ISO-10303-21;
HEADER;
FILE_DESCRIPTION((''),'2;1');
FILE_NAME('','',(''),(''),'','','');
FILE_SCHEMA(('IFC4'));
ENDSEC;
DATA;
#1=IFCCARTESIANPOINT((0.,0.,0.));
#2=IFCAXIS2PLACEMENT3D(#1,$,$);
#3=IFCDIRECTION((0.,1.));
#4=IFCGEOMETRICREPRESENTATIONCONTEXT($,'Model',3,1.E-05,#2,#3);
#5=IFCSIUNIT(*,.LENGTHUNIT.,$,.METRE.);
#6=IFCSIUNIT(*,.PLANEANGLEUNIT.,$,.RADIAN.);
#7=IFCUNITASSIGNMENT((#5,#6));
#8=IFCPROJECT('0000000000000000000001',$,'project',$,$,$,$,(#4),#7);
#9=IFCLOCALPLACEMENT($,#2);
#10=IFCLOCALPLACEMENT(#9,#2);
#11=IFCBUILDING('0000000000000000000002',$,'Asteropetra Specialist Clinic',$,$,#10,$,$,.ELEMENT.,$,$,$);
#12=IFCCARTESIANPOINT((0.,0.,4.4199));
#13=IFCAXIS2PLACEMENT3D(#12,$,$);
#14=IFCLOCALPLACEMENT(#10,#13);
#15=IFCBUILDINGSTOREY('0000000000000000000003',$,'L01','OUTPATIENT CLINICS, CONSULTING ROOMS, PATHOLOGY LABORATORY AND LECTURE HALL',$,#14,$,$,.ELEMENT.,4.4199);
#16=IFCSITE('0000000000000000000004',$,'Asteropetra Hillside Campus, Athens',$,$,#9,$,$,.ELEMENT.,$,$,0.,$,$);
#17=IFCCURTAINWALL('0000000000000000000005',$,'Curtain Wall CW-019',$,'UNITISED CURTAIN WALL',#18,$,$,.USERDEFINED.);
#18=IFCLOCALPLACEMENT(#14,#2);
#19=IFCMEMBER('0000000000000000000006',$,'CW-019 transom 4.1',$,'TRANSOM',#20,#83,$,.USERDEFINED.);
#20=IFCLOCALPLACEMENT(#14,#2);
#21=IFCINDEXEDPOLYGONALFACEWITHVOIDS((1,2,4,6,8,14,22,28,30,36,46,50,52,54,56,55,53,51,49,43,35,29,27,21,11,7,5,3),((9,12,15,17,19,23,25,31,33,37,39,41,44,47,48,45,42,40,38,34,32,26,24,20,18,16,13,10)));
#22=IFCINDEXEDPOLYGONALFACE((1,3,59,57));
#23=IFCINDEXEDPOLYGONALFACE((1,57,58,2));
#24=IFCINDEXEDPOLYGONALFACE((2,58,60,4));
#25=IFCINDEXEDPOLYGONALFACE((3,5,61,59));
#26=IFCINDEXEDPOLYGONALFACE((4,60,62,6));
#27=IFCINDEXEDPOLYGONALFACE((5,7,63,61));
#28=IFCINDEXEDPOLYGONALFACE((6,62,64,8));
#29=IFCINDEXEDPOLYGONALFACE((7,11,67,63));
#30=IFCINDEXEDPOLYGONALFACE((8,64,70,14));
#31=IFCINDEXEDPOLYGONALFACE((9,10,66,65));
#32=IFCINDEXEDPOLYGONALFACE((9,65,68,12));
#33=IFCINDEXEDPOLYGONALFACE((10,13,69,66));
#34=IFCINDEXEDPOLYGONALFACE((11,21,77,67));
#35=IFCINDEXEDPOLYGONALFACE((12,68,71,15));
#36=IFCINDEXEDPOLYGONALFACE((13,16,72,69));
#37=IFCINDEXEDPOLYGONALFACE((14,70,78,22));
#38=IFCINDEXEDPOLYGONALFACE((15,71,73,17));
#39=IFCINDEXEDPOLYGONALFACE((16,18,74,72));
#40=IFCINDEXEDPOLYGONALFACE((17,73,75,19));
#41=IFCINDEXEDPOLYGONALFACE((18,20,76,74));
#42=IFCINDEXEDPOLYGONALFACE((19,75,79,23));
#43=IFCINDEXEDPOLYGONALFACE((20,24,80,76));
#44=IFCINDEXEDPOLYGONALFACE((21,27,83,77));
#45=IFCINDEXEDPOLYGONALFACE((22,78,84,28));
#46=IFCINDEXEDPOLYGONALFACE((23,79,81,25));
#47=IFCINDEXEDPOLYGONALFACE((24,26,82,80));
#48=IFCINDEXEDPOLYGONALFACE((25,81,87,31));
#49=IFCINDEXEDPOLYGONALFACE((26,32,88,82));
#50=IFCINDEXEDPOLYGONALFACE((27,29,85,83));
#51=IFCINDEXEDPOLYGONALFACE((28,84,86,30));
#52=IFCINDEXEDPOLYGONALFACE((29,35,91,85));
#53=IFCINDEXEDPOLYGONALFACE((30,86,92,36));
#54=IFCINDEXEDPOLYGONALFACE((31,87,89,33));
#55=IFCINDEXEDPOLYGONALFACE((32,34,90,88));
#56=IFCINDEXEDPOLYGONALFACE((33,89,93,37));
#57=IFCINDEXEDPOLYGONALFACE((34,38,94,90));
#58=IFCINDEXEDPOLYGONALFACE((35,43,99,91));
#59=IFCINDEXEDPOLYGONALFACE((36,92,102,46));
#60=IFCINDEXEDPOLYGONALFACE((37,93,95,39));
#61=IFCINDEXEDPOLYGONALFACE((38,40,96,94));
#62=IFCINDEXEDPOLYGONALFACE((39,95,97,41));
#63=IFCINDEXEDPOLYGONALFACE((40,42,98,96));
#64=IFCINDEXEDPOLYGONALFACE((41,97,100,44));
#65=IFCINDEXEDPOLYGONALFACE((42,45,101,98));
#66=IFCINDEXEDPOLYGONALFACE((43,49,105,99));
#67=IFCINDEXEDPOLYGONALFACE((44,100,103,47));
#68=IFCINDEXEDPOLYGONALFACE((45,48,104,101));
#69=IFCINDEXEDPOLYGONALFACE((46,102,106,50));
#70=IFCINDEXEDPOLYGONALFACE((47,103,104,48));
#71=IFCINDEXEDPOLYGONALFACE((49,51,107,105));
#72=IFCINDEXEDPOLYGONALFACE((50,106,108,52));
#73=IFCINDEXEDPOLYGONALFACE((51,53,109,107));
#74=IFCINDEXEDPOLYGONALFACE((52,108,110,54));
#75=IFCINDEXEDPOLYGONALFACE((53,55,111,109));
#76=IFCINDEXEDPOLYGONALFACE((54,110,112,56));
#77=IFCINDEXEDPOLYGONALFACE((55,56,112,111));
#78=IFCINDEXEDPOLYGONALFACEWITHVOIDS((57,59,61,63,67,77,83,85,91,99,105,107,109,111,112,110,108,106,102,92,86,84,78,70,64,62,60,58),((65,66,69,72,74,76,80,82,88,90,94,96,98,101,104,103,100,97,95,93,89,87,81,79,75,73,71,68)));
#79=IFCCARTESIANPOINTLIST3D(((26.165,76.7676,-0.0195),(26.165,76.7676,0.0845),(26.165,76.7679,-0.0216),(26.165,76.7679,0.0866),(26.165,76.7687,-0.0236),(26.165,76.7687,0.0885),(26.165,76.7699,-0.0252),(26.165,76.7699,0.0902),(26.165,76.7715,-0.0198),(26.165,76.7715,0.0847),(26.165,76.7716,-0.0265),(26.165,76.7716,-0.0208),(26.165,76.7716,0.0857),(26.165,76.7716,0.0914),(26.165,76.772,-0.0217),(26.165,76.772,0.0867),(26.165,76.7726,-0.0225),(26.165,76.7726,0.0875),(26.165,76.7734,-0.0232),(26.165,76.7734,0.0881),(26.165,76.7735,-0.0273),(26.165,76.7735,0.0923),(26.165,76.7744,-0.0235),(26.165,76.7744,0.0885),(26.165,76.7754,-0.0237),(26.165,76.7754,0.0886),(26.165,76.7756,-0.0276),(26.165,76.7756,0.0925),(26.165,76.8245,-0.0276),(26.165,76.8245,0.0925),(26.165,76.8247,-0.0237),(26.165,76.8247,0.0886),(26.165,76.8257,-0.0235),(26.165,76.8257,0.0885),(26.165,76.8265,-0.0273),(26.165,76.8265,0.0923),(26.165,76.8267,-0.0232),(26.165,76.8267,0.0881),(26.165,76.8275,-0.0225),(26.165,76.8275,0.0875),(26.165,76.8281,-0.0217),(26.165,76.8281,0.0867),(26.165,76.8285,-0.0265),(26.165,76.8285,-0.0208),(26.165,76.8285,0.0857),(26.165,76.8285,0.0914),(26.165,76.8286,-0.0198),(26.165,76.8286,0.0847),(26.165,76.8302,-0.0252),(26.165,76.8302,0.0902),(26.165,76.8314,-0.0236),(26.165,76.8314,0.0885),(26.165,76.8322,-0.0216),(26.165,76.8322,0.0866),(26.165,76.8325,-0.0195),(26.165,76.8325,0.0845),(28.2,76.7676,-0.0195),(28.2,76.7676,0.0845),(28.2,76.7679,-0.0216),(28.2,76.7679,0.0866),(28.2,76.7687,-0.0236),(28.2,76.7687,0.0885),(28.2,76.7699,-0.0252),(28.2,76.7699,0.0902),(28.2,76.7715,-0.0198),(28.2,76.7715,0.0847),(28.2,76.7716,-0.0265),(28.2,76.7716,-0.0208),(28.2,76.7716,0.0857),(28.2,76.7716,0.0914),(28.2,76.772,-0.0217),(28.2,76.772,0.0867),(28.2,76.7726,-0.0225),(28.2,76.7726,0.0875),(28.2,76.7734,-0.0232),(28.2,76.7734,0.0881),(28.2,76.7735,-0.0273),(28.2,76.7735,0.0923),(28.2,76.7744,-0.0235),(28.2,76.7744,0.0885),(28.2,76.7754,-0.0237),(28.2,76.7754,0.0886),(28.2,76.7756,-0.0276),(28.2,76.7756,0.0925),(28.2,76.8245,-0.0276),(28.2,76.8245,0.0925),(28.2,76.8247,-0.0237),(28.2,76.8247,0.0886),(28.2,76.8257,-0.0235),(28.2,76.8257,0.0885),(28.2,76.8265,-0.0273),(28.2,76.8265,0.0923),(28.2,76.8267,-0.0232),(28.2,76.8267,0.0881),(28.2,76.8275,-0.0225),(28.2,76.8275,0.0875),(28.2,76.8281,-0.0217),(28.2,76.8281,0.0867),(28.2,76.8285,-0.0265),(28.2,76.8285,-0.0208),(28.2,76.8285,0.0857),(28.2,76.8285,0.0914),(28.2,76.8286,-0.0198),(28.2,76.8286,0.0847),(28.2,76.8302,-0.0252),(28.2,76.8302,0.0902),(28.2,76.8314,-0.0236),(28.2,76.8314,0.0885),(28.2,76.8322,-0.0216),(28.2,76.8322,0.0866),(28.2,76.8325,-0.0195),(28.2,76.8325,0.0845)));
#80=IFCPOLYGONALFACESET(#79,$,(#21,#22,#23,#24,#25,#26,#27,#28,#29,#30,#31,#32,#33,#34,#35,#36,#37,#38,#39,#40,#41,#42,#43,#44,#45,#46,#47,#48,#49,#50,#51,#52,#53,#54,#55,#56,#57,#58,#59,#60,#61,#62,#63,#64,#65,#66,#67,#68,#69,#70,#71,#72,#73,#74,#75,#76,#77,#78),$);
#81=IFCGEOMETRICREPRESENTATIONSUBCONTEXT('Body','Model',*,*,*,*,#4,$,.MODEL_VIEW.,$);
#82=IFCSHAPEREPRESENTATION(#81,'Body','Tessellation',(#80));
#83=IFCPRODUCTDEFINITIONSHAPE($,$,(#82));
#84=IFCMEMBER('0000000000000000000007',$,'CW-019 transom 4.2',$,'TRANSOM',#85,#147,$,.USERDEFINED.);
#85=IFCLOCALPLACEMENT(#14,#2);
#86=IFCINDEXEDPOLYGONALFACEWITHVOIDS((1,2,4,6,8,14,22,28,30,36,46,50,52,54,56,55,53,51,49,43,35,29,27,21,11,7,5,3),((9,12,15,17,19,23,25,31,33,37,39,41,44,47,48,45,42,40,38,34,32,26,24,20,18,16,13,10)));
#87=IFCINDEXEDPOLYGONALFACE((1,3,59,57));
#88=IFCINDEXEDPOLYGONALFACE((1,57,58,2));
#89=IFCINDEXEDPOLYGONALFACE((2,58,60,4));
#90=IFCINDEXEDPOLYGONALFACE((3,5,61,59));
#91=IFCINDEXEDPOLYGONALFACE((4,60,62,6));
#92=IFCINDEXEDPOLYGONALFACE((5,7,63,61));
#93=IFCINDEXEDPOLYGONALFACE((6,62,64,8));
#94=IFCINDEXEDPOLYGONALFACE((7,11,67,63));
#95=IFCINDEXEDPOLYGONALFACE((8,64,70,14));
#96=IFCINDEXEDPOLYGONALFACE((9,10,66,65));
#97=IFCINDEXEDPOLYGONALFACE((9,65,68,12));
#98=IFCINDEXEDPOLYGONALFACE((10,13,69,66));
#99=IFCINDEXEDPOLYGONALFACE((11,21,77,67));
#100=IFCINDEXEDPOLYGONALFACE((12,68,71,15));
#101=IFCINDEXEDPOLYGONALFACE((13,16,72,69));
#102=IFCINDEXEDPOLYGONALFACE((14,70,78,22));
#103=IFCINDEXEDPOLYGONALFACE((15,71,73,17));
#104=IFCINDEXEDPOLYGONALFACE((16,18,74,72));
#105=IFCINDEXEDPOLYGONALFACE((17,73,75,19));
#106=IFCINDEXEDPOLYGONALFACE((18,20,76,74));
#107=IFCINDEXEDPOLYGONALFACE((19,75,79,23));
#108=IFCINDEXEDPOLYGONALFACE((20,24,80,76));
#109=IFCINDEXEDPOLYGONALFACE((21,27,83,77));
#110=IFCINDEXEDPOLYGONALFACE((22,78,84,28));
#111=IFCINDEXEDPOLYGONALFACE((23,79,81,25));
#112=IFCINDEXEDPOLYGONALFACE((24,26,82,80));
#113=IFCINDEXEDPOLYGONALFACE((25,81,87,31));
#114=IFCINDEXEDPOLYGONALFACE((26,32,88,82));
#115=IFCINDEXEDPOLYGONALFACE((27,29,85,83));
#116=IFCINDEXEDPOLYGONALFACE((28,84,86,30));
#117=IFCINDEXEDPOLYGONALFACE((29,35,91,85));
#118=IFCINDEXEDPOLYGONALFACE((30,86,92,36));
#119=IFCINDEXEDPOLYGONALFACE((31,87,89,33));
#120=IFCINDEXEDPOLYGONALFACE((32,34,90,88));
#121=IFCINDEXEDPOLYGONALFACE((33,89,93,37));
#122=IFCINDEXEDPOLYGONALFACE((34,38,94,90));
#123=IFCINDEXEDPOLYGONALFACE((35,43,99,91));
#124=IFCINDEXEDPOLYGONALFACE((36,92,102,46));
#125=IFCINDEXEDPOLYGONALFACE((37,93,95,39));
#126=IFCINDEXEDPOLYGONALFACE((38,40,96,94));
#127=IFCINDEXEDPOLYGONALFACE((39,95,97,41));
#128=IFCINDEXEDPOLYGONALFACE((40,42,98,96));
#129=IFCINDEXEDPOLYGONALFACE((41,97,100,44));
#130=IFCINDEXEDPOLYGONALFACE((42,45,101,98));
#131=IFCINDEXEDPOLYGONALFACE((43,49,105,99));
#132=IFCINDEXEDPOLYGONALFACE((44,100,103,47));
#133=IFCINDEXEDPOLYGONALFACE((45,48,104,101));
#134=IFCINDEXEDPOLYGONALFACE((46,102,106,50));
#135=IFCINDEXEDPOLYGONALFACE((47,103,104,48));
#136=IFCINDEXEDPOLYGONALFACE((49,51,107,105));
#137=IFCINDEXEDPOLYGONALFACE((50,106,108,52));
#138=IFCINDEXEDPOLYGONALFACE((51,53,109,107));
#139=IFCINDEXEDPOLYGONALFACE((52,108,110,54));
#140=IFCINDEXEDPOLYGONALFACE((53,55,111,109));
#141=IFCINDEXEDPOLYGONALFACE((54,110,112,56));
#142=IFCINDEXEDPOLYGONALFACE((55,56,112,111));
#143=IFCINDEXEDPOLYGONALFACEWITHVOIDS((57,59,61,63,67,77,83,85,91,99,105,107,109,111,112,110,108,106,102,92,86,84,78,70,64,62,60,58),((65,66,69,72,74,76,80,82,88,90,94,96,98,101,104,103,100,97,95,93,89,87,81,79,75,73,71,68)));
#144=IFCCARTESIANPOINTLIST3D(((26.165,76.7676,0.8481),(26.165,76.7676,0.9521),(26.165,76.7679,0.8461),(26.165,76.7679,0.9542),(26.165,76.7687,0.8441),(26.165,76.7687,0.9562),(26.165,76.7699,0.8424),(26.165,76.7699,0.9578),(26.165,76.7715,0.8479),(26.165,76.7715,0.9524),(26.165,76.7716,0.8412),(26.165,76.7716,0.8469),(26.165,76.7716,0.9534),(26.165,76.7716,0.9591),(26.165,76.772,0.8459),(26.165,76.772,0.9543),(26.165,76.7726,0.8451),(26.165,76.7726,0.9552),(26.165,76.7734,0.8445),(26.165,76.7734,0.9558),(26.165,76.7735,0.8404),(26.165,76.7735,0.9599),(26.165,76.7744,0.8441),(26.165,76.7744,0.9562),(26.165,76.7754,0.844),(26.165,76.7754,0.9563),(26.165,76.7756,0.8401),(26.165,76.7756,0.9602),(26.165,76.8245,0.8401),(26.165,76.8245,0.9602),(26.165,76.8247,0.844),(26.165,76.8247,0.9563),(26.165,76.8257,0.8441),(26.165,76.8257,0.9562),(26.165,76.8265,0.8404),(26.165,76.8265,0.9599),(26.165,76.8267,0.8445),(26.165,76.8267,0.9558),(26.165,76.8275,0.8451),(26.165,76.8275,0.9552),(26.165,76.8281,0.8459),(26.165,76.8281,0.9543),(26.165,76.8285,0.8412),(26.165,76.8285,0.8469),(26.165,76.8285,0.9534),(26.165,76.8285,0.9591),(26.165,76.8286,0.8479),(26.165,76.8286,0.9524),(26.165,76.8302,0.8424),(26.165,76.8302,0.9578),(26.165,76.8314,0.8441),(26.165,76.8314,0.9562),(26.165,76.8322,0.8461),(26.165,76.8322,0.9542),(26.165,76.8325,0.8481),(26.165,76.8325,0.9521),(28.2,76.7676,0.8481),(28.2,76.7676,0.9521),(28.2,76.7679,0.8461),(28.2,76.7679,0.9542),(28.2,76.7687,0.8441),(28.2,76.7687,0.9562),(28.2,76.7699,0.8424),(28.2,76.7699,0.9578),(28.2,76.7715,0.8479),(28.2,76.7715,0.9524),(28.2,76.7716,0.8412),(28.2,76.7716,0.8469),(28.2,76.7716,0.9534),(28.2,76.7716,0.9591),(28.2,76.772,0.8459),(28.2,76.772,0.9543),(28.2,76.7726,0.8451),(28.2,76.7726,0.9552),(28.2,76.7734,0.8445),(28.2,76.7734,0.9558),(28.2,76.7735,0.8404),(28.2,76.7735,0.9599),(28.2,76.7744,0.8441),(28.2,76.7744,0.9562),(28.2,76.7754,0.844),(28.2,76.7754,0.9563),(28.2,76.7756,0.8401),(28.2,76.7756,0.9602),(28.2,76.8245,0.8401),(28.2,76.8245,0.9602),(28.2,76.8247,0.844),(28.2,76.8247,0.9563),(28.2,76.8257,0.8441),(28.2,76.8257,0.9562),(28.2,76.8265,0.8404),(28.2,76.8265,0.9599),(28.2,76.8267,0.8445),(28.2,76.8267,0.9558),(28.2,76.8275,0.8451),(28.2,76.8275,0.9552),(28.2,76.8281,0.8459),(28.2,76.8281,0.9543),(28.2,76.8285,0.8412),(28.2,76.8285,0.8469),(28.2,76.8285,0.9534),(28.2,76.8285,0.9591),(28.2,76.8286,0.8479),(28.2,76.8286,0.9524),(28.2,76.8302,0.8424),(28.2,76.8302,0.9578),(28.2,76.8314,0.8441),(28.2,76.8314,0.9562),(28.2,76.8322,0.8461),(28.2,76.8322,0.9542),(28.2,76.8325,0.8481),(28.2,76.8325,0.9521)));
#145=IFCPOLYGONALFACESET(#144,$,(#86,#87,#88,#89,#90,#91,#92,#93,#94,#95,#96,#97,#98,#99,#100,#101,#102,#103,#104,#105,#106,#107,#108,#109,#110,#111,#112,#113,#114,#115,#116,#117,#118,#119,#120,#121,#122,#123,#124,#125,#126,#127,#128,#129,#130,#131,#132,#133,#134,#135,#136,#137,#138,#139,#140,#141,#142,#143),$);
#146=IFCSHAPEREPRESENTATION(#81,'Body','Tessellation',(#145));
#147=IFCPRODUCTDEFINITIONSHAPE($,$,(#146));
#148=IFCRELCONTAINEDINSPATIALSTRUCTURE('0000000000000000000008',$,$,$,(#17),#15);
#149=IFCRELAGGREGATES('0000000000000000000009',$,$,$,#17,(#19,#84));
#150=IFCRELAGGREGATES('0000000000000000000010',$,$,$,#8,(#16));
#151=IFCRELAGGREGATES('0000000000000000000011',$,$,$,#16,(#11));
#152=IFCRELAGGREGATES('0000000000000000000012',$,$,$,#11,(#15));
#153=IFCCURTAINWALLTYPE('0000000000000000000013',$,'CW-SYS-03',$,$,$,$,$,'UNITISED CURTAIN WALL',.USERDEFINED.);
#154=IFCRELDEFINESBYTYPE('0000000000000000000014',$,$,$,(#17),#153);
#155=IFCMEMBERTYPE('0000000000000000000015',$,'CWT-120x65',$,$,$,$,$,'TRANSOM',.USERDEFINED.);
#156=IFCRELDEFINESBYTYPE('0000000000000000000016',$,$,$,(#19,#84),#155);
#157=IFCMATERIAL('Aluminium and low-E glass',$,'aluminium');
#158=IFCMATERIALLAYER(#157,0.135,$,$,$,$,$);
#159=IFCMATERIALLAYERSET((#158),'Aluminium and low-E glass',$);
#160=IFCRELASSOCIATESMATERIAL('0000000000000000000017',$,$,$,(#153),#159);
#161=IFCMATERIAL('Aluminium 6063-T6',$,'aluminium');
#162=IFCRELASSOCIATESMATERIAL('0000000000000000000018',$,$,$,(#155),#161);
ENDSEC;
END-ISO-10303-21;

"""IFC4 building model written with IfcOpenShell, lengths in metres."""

from ifc_helpers import new_model, si_unit, direction, frame, origin, origin_2d, place, context, subcontext, project, spatial, hollow_rectangle, extrude, material, layer, layer_set, material_profile, profile_set, type_object, element, aggregate, save


model = new_model("IFC4")

# Units and contexts
model_context = context("Model", 3, precision=1e-05, world=origin(), true_north=direction((0.0, 1.0)))
body_context = subcontext(model_context, "Body", "Model", "MODEL_VIEW")
ifc_project = project(units=[si_unit("LENGTHUNIT", "METRE"), si_unit("PLANEANGLEUNIT", "RADIAN")], contexts=[model_context])

# Site, building, storey
site_placement = place(None, origin())
site = spatial("IfcSite", under=ifc_project, at=site_placement, Name="Asteropetra Hillside Campus, Athens", CompositionType="ELEMENT", RefElevation=0.0)
building_placement = place(site_placement, origin())
building = spatial("IfcBuilding", under=site, at=building_placement, Name="Asteropetra Specialist Clinic", CompositionType="ELEMENT")
storey_placement = place(building_placement, frame((0.0, 0.0, 4.4199)))
storey = spatial("IfcBuildingStorey", under=building, at=storey_placement, Name="L01", Description="OUTPATIENT CLINICS, CONSULTING ROOMS, PATHOLOGY LABORATORY AND LECTURE HALL", CompositionType="ELEMENT", Elevation=4.4199)

# Curtain wall
ifc_material_1 = material(Name="Aluminium and low-E glass", Category="aluminium")
ifc_layer_1 = layer(ifc_material_1, 0.135)
ifc_layer_set_1 = layer_set([ifc_layer_1], Name="Aluminium and low-E glass")
curtain_wall_type_1 = type_object("IfcCurtainWallType", Name="CW-SYS-03", ElementType="UNITISED CURTAIN WALL", PredefinedType="USERDEFINED", material=ifc_layer_set_1)
curtain_wall_1_placement = place(storey_placement, origin())
curtain_wall_1 = element("IfcCurtainWall", 1, at=curtain_wall_1_placement, inside=storey, type_object=curtain_wall_type_1, Name="Curtain Wall CW-019", ObjectType="UNITISED CURTAIN WALL", PredefinedType="USERDEFINED")

# Members
ifc_material_2 = material(Name="Aluminium 6063-T6", Category="aluminium")
ifc_material_profile_1 = material_profile(ifc_material_2, hollow_rectangle(XDim=0.0649, YDim=0.1201, WallThickness=0.0039, InnerFilletRadius=0.0039, OuterFilletRadius=0.0081, at=origin_2d()), Name="TRN 120x65x4.0")
ifc_profile_set_1 = profile_set([ifc_material_profile_1], Name="Aluminium 6063-T6")
member_type_1 = type_object("IfcMemberType", Name="CWT-120x65", ElementType="TRANSOM", PredefinedType="USERDEFINED", material=ifc_profile_set_1)
member_1_placement = place(storey_placement, frame((26.165, 76.8, 0.0325), z_axis=(1.0, 0.0, 0.0), x_axis=(0.0, 1.0, 0.0)))
member_1 = element("IfcMember", 2, at=member_1_placement, type_object=member_type_1, Name="CW-019 transom 4.1", ObjectType="TRANSOM", PredefinedType="USERDEFINED", context=body_context, shape_type="SweptSolid", body=[
    extrude(hollow_rectangle(XDim=0.0649, YDim=0.1201, WallThickness=0.0039, InnerFilletRadius=0.0039, OuterFilletRadius=0.0081, at=origin_2d()), origin(), (0.0, 0.0, 1.0), 2.0349),
])
member_2_placement = place(storey_placement, frame((26.165, 76.8, 0.9001), z_axis=(1.0, 0.0, 0.0), x_axis=(0.0, 1.0, 0.0)))
member_2 = element("IfcMember", 3, at=member_2_placement, type_object=member_type_1, Name="CW-019 transom 4.2", ObjectType="TRANSOM", PredefinedType="USERDEFINED", context=body_context, shape_type="SweptSolid", body=[
    extrude(hollow_rectangle(XDim=0.0649, YDim=0.1201, WallThickness=0.0039, InnerFilletRadius=0.0039, OuterFilletRadius=0.0081, at=origin_2d()), origin(), (0.0, 0.0, 1.0), 2.0349),
])

aggregate(curtain_wall_1, [member_1, member_2])

save(model, "model.ifc")
